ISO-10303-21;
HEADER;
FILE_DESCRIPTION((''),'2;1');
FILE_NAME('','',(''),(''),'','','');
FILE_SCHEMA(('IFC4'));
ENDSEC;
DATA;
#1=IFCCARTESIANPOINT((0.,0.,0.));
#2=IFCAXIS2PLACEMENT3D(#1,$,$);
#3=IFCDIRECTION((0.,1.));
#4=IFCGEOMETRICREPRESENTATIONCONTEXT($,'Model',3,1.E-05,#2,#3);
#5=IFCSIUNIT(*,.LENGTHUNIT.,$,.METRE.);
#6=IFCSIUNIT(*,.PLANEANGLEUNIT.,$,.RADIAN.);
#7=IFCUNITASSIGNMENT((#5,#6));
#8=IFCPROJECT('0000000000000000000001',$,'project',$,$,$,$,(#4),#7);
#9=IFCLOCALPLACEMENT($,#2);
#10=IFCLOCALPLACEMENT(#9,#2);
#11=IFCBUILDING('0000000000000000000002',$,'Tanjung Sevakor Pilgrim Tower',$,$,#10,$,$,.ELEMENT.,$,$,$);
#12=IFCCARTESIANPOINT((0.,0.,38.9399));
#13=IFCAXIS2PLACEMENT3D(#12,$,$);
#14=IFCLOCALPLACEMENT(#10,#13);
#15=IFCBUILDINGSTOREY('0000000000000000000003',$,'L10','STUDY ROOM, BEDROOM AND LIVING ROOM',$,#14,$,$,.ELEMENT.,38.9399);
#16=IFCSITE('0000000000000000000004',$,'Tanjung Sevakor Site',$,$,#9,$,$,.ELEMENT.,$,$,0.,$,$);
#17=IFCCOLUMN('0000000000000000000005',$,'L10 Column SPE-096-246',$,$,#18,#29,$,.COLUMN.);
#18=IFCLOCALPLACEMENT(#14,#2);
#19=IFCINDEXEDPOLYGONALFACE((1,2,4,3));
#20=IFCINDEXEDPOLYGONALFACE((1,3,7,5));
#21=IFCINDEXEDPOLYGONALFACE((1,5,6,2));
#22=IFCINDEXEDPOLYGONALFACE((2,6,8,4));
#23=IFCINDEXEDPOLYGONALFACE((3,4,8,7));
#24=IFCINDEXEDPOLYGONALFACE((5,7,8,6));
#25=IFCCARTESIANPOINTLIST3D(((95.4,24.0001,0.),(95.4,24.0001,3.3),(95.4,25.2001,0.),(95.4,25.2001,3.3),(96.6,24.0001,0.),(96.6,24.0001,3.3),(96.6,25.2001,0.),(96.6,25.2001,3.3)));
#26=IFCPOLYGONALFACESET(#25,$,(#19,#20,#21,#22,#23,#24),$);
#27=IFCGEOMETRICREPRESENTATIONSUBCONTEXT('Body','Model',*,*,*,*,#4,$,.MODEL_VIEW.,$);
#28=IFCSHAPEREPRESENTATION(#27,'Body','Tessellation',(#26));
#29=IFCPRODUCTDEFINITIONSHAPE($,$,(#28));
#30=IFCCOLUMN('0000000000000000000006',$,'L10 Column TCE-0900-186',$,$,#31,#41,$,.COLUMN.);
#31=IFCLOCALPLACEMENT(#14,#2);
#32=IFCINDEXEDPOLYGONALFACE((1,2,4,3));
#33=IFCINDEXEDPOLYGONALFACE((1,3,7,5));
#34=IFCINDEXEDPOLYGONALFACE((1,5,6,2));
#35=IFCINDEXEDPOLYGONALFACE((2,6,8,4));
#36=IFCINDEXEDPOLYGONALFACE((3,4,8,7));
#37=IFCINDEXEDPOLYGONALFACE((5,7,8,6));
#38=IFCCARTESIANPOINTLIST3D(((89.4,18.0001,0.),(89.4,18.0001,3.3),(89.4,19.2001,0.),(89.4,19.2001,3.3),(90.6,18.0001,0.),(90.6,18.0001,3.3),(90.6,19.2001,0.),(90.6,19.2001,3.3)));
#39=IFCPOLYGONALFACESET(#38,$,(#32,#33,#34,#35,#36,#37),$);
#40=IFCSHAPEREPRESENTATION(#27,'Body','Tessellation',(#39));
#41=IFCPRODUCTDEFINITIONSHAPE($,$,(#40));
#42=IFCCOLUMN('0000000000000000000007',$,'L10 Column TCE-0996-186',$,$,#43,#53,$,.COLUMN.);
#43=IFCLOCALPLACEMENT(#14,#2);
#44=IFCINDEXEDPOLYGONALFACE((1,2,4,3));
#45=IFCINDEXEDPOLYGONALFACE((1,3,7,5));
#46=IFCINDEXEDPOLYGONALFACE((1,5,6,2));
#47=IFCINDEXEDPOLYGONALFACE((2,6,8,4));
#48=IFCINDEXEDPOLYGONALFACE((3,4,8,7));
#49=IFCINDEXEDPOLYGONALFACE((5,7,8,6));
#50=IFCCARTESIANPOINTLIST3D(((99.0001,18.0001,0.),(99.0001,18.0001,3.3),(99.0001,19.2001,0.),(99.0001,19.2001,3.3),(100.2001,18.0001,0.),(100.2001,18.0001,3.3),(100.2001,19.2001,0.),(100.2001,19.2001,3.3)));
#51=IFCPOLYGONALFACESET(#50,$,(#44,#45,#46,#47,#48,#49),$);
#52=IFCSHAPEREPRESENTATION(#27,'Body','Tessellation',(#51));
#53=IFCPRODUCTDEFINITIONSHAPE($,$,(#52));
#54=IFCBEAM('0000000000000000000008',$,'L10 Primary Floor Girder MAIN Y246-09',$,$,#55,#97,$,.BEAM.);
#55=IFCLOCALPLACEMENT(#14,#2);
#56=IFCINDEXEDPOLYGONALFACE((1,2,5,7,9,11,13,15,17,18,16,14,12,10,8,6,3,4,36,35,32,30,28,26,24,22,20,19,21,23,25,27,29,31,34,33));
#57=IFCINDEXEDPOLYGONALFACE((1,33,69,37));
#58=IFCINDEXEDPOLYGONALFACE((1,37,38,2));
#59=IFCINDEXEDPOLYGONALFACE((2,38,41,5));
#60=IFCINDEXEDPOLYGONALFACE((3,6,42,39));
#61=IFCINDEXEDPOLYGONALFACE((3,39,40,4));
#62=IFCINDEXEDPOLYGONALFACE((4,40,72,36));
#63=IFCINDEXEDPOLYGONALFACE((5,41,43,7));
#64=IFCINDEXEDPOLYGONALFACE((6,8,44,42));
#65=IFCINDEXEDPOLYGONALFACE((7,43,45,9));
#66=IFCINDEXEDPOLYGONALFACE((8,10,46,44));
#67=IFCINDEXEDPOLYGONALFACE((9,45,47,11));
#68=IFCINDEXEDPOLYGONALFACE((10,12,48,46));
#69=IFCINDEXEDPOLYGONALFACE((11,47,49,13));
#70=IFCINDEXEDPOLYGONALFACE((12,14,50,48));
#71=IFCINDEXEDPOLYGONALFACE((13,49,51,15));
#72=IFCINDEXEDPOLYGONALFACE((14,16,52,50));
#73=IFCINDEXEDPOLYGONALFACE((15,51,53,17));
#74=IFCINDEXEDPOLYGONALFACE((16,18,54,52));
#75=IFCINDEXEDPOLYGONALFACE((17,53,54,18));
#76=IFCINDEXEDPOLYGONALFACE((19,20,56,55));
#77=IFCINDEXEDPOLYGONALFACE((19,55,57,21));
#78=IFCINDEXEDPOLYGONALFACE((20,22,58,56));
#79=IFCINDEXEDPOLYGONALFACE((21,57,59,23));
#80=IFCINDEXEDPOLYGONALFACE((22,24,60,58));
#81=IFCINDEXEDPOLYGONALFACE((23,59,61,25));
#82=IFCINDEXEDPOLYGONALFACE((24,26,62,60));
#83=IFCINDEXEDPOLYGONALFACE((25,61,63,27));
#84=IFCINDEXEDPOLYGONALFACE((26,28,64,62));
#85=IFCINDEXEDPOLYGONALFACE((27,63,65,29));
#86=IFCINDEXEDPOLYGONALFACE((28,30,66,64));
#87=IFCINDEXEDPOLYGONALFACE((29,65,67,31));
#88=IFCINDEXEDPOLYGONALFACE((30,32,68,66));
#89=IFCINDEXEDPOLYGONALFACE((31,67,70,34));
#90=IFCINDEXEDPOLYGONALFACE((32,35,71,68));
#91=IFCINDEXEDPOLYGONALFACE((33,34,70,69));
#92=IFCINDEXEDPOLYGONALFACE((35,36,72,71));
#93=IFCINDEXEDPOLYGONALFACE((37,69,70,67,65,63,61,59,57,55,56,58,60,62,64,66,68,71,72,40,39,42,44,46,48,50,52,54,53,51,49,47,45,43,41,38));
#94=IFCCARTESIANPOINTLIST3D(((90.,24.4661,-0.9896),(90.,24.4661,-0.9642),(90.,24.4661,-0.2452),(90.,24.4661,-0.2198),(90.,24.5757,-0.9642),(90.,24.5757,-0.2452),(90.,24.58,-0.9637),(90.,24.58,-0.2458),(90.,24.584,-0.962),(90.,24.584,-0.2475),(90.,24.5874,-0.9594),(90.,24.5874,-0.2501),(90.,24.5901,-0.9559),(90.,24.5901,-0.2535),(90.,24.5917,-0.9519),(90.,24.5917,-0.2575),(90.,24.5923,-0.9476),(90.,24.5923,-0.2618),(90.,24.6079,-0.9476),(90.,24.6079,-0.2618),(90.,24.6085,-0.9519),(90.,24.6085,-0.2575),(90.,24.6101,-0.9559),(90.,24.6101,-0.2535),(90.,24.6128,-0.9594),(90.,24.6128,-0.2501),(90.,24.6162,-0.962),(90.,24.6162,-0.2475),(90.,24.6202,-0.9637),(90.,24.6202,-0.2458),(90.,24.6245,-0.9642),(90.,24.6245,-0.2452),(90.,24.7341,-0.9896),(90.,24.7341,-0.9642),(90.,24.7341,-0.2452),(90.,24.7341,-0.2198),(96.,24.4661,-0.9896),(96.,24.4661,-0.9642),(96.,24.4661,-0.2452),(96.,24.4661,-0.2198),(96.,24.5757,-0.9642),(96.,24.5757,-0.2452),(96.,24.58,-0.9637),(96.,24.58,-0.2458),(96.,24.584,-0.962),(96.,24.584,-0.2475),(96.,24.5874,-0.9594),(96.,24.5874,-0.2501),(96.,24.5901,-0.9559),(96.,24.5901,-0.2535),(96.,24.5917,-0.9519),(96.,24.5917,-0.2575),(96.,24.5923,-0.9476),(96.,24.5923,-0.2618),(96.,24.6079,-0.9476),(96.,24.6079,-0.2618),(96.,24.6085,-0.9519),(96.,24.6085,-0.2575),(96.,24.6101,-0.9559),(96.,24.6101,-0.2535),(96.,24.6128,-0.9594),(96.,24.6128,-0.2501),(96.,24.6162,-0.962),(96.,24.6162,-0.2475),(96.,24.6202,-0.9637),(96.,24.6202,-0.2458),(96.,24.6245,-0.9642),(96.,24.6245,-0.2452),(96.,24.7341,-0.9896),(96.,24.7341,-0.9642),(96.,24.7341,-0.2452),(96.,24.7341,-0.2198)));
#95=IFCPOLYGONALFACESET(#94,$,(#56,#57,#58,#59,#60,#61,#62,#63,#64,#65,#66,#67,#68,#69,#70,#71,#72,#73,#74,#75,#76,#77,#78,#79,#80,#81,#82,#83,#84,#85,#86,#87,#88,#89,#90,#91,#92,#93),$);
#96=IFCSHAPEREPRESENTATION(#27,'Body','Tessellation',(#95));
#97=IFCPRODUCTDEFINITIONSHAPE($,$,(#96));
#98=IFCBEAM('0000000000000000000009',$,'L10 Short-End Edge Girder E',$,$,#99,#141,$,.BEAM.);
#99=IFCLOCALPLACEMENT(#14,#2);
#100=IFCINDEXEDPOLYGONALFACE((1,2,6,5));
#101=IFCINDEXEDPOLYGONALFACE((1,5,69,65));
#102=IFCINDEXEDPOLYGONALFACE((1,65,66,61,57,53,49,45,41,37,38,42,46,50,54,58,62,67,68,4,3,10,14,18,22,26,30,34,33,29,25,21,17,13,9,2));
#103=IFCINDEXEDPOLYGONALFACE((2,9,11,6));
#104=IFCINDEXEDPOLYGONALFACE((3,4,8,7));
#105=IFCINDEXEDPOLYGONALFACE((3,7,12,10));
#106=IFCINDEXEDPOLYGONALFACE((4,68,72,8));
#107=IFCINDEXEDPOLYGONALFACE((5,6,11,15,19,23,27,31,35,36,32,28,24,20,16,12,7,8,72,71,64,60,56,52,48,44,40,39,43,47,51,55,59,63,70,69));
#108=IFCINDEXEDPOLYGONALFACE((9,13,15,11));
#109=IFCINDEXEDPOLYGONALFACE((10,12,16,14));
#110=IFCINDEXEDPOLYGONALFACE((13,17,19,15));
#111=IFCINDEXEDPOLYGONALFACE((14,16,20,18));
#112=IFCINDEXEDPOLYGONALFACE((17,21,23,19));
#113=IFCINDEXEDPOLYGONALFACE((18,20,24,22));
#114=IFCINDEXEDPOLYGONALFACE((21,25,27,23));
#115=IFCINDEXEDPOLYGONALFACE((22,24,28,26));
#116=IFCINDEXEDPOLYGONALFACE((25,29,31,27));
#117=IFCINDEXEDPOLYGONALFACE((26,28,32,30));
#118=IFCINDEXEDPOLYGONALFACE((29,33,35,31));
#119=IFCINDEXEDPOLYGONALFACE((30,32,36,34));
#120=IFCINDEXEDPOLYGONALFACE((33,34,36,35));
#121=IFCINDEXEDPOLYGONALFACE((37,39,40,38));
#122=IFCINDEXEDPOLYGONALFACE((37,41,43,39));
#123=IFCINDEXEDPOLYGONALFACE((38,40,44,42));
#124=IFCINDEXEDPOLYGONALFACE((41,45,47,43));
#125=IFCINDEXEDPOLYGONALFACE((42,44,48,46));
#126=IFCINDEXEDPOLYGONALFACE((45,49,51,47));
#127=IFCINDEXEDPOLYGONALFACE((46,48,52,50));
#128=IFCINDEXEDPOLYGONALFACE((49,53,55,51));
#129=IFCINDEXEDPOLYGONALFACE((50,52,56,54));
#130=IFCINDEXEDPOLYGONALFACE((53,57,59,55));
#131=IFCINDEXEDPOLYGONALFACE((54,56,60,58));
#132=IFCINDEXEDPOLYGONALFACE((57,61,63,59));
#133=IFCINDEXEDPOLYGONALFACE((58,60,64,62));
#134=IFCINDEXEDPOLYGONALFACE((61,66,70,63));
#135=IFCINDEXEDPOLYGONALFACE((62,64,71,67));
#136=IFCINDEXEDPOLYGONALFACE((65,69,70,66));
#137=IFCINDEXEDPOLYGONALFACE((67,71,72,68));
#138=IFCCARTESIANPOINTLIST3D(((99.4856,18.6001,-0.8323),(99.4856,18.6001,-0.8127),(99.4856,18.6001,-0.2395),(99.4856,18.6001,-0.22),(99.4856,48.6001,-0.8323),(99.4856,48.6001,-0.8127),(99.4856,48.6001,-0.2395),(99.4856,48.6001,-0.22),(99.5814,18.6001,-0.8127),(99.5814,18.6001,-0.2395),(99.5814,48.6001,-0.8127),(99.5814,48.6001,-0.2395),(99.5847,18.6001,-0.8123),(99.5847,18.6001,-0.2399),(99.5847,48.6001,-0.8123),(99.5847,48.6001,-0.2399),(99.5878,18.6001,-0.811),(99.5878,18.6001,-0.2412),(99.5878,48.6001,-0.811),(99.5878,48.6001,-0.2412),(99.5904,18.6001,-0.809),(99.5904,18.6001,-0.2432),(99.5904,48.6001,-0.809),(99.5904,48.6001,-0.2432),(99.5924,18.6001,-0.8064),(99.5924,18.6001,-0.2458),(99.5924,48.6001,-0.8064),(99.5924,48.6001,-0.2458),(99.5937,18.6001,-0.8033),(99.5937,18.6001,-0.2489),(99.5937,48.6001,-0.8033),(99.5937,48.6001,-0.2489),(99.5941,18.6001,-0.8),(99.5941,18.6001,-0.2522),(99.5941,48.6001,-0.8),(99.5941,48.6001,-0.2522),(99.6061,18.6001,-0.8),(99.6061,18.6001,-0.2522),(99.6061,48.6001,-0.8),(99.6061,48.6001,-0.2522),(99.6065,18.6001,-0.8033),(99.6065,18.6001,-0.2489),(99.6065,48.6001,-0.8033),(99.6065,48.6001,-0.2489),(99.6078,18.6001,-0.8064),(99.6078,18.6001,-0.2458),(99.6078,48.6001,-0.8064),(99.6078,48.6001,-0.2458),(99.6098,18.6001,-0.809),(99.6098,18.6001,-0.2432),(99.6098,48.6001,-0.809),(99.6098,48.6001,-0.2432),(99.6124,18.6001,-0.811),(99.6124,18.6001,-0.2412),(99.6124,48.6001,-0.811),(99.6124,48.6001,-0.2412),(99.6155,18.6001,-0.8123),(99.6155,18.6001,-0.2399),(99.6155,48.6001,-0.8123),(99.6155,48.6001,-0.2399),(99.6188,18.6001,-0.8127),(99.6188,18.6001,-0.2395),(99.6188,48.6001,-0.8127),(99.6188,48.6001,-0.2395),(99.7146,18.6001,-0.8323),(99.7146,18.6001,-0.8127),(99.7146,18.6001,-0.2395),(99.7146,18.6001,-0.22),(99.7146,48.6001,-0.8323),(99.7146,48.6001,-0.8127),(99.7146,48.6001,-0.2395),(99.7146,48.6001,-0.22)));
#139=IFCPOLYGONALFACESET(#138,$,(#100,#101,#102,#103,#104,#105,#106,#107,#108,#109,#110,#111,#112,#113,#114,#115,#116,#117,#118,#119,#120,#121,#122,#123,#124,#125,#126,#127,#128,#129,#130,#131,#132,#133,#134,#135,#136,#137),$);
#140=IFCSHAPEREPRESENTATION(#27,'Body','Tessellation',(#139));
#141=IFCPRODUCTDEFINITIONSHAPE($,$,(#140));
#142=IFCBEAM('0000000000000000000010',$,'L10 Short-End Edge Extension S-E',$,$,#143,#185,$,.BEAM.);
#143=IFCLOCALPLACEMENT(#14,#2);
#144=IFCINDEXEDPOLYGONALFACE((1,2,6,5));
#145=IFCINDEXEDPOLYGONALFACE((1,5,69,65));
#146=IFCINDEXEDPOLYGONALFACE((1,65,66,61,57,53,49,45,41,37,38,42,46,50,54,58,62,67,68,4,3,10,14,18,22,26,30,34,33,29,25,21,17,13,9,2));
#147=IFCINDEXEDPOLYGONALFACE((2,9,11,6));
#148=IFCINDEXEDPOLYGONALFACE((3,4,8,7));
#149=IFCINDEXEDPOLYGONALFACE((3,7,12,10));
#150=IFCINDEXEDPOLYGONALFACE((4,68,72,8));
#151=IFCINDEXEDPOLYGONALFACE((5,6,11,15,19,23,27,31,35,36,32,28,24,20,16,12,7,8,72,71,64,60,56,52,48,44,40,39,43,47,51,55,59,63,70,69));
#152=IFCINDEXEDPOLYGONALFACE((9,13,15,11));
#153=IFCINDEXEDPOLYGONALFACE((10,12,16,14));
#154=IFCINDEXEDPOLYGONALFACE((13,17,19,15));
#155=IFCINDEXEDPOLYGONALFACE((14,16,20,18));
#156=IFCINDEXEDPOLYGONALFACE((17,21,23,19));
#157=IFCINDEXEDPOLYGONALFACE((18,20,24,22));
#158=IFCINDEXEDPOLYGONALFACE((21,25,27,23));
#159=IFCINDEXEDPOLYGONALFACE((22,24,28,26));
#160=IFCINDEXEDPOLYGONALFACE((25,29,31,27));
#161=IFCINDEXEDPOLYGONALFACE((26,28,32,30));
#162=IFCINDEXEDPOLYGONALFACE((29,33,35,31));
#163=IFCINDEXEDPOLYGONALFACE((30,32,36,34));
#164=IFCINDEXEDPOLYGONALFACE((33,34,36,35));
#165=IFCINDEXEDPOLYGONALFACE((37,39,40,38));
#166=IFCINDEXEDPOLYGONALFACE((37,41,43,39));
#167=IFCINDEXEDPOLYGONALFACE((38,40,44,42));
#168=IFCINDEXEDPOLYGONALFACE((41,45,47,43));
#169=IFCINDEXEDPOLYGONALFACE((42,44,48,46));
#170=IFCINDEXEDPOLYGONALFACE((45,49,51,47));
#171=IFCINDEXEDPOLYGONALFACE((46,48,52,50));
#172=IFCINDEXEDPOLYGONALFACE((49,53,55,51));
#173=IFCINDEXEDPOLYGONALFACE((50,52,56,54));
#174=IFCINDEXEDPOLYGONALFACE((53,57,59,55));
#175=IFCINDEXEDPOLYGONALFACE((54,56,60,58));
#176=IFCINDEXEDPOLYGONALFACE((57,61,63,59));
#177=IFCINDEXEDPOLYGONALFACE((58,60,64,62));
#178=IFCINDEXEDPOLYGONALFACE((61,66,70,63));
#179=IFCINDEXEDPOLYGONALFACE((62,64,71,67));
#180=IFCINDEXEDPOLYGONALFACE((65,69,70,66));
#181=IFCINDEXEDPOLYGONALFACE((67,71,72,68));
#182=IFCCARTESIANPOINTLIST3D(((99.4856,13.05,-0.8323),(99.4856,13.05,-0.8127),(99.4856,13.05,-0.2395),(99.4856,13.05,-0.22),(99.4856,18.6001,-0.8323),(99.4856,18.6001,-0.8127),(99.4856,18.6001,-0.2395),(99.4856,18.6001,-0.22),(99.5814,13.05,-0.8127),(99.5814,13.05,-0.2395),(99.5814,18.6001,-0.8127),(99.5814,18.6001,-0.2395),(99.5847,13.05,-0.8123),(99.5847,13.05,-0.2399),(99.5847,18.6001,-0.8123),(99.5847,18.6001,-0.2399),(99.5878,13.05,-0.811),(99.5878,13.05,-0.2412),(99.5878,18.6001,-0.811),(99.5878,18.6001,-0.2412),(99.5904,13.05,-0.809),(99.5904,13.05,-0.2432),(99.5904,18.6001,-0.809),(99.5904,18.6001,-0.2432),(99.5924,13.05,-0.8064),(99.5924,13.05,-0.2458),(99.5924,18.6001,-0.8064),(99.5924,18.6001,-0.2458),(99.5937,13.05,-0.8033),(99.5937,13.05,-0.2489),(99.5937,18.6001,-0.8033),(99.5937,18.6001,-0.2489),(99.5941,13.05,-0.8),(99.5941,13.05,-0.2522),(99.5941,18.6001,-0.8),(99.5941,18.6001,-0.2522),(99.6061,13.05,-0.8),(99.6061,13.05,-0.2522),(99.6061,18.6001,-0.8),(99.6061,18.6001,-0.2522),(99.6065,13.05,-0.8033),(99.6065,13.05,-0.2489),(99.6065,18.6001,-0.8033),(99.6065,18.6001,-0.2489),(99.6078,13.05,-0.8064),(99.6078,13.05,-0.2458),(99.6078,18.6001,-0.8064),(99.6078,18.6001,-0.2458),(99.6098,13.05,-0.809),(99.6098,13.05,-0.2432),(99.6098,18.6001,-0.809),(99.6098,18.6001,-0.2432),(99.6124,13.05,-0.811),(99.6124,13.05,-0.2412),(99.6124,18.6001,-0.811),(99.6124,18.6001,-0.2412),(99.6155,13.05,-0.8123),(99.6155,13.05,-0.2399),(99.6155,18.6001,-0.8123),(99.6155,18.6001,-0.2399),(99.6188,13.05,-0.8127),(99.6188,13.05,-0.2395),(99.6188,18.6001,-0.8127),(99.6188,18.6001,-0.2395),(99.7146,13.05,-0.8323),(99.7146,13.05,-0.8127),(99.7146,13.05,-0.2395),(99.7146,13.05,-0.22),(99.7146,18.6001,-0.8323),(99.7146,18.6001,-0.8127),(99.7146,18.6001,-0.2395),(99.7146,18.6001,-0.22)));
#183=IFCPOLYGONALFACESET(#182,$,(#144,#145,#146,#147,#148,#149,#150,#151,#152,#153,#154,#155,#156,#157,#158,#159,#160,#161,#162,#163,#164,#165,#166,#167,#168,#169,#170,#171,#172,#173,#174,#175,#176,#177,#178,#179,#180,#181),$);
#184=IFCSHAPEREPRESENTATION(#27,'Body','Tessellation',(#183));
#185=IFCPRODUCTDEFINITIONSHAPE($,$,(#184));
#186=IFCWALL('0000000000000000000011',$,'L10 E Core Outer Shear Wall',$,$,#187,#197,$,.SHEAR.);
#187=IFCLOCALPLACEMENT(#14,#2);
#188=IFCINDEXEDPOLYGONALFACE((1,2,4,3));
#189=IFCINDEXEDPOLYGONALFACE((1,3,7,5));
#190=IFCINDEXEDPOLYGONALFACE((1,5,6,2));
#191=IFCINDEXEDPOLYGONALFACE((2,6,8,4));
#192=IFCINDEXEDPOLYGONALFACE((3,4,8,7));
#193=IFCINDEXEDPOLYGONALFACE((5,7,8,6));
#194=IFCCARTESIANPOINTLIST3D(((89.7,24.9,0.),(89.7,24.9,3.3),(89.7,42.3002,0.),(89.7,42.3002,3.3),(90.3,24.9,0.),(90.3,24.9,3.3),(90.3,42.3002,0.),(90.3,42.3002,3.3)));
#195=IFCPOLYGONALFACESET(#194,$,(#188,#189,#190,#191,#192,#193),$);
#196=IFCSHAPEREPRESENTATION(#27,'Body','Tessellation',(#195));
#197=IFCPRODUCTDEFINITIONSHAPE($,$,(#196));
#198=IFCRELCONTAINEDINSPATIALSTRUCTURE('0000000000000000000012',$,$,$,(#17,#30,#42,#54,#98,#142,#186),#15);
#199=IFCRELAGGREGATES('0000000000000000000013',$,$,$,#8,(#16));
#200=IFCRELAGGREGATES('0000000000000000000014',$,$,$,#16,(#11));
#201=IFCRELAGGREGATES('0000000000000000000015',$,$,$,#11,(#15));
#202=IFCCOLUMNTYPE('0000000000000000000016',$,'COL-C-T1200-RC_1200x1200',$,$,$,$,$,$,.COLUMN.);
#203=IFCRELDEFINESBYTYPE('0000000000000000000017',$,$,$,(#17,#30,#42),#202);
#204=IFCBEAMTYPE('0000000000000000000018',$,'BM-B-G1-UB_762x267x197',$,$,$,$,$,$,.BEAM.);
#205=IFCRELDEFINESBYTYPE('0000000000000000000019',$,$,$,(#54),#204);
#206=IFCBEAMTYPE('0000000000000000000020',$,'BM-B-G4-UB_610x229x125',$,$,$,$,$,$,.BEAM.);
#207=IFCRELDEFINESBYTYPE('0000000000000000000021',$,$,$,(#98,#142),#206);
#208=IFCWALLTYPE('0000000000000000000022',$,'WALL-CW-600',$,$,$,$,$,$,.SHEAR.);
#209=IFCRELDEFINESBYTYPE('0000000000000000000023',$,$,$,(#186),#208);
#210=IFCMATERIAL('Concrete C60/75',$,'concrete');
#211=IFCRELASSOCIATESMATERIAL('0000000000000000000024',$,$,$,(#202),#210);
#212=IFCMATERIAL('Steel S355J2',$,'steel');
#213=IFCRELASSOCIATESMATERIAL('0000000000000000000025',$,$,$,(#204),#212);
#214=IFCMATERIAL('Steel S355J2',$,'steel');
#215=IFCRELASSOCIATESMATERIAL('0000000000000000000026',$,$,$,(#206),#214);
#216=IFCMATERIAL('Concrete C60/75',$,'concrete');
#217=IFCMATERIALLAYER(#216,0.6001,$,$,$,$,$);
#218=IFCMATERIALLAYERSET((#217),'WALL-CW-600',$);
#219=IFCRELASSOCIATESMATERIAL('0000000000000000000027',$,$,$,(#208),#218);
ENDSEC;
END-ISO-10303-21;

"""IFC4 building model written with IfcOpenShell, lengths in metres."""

from ifc_helpers import new_model, si_unit, direction, frame, frame_2d, origin, origin_2d, place, context, subcontext, project, spatial, rectangle, i_section, extrude, material, layer, layer_set, material_profile, profile_set, type_object, element, save


model = new_model("IFC4")

# Units and contexts
model_context = context("Model", 3, precision=1e-05, world=origin(), true_north=direction((0.0, 1.0)))
body_context = subcontext(model_context, "Body", "Model", "MODEL_VIEW")
ifc_project = project(units=[si_unit("LENGTHUNIT", "METRE"), si_unit("PLANEANGLEUNIT", "RADIAN")], contexts=[model_context])

# Site, building, storey
site_placement = place(None, origin())
site = spatial("IfcSite", under=ifc_project, at=site_placement, Name="Tanjung Sevakor Site", CompositionType="ELEMENT", RefElevation=0.0)
building_placement = place(site_placement, origin())
building = spatial("IfcBuilding", under=site, at=building_placement, Name="Tanjung Sevakor Pilgrim Tower", CompositionType="ELEMENT")
storey_placement = place(building_placement, frame((0.0, 0.0, 38.9399)))
storey = spatial("IfcBuildingStorey", under=building, at=storey_placement, Name="L10", Description="STUDY ROOM, BEDROOM AND LIVING ROOM", CompositionType="ELEMENT", Elevation=38.9399)

# Columns
ifc_material_1 = material(Name="Concrete C60/75", Category="concrete")
ifc_material_profile_1 = material_profile(ifc_material_1, rectangle(XDim=1.2, YDim=1.2, at=origin_2d()))
ifc_profile_set_1 = profile_set([ifc_material_profile_1], Name="Concrete C60/75")
column_type = type_object("IfcColumnType", Name="COL-C-T1200-RC_1200x1200", PredefinedType="COLUMN", material=ifc_profile_set_1)
for number, where, z_axis, x_axis, name in (
    (1, (96.0, 24.6001, 0.0), (0.0, 0.0, 1.0), (1.0, 0.0, 0.0), "L10 Column SPE-096-246"),
    (2, (90.0, 18.6001, 0.0), (0.0, 0.0, 1.0), (1.0, 0.0, 0.0), "L10 Column TCE-0900-186"),
    (3, (99.6001, 18.6001, 0.0), (0.0, 0.0, 1.0), (1.0, 0.0, 0.0), "L10 Column TCE-0996-186"),
):
    element("IfcColumn", number, at=place(storey_placement, frame(where, z_axis=z_axis, x_axis=x_axis)), inside=storey, type_object=column_type, Name=name, PredefinedType="COLUMN", context=body_context, shape_type="SweptSolid", body=[
        extrude(rectangle(XDim=1.2, YDim=1.2, at=origin_2d()), origin(), (0.0, 0.0, 1.0), 3.3),
    ])

# Beams
ifc_material_2 = material(Name="Steel S355J2", Category="steel")
ifc_material_profile_2 = material_profile(ifc_material_2, i_section(OverallWidth=0.2681, OverallDepth=0.7698, WebThickness=0.0156, FlangeThickness=0.0254, FilletRadius=0.0166, at=origin_2d()))
ifc_profile_set_2 = profile_set([ifc_material_profile_2], Name="Steel S355J2")
beam_type_1 = type_object("IfcBeamType", Name="BM-B-G1-UB_762x267x197", PredefinedType="BEAM", material=ifc_profile_set_2)
beam_1_placement = place(storey_placement, frame((90.0, 24.6001, -0.6047), z_axis=(1.0, 0.0, 0.0), x_axis=(0.0, 1.0, 0.0)))
element("IfcBeam", 4, at=beam_1_placement, inside=storey, type_object=beam_type_1, Name="L10 Primary Floor Girder MAIN Y246-09", PredefinedType="BEAM", context=body_context, shape_type="SweptSolid", body=[
    extrude(i_section(OverallWidth=0.2681, OverallDepth=0.7698, WebThickness=0.0156, FlangeThickness=0.0254, FilletRadius=0.0166, at=origin_2d()), origin(), (0.0, 0.0, 1.0), 6.0),
])
ifc_material_3 = material(Name="Steel S355J2", Category="steel")
ifc_material_profile_3 = material_profile(ifc_material_3, i_section(OverallWidth=0.229, OverallDepth=0.6123, WebThickness=0.012, FlangeThickness=0.0195, FilletRadius=0.0127, at=origin_2d()))
ifc_profile_set_3 = profile_set([ifc_material_profile_3], Name="Steel S355J2")
beam_type_2 = type_object("IfcBeamType", Name="BM-B-G4-UB_610x229x125", PredefinedType="BEAM", material=ifc_profile_set_3)
beam_2_placement = place(storey_placement, frame((99.6001, 18.6001, -0.5261), z_axis=(0.0, 1.0, 0.0), x_axis=(-1.0, 0.0, 0.0)))
element("IfcBeam", 5, at=beam_2_placement, inside=storey, type_object=beam_type_2, Name="L10 Short-End Edge Girder E", PredefinedType="BEAM", context=body_context, shape_type="SweptSolid", body=[
    extrude(i_section(OverallWidth=0.229, OverallDepth=0.6123, WebThickness=0.012, FlangeThickness=0.0195, FilletRadius=0.0127, at=origin_2d()), origin(), (0.0, 0.0, 1.0), 30.0),
])
beam_3_placement = place(storey_placement, frame((99.6001, 18.6001, -0.5261), z_axis=(0.0, -1.0, 0.0), x_axis=(1.0, 0.0, 0.0)))
element("IfcBeam", 6, at=beam_3_placement, inside=storey, type_object=beam_type_2, Name="L10 Short-End Edge Extension S-E", PredefinedType="BEAM", context=body_context, shape_type="SweptSolid", body=[
    extrude(i_section(OverallWidth=0.229, OverallDepth=0.6123, WebThickness=0.012, FlangeThickness=0.0195, FilletRadius=0.0127, at=origin_2d()), origin(), (0.0, 0.0, 1.0), 5.55),
])

# Wall
ifc_material_4 = material(Name="Concrete C60/75", Category="concrete")
ifc_layer_1 = layer(ifc_material_4, 0.6001)
ifc_layer_set_1 = layer_set([ifc_layer_1], Name="WALL-CW-600")
wall_type_1 = type_object("IfcWallType", Name="WALL-CW-600", PredefinedType="SHEAR", material=ifc_layer_set_1)
wall_1_placement = place(storey_placement, frame((90.0, 24.8999, 0.0), z_axis=(0.0, 0.0, 1.0), x_axis=(0.0, 1.0, 0.0)))
element("IfcWall", 7, at=wall_1_placement, inside=storey, type_object=wall_type_1, Name="L10 E Core Outer Shear Wall", PredefinedType="SHEAR", context=body_context, shape_type="SweptSolid", body=[
    extrude(rectangle(XDim=17.4001, YDim=0.6001, at=frame_2d((8.7002, 0.0))), origin(), (0.0, 0.0, 1.0), 3.3),
])

save(model, "model.ifc")
